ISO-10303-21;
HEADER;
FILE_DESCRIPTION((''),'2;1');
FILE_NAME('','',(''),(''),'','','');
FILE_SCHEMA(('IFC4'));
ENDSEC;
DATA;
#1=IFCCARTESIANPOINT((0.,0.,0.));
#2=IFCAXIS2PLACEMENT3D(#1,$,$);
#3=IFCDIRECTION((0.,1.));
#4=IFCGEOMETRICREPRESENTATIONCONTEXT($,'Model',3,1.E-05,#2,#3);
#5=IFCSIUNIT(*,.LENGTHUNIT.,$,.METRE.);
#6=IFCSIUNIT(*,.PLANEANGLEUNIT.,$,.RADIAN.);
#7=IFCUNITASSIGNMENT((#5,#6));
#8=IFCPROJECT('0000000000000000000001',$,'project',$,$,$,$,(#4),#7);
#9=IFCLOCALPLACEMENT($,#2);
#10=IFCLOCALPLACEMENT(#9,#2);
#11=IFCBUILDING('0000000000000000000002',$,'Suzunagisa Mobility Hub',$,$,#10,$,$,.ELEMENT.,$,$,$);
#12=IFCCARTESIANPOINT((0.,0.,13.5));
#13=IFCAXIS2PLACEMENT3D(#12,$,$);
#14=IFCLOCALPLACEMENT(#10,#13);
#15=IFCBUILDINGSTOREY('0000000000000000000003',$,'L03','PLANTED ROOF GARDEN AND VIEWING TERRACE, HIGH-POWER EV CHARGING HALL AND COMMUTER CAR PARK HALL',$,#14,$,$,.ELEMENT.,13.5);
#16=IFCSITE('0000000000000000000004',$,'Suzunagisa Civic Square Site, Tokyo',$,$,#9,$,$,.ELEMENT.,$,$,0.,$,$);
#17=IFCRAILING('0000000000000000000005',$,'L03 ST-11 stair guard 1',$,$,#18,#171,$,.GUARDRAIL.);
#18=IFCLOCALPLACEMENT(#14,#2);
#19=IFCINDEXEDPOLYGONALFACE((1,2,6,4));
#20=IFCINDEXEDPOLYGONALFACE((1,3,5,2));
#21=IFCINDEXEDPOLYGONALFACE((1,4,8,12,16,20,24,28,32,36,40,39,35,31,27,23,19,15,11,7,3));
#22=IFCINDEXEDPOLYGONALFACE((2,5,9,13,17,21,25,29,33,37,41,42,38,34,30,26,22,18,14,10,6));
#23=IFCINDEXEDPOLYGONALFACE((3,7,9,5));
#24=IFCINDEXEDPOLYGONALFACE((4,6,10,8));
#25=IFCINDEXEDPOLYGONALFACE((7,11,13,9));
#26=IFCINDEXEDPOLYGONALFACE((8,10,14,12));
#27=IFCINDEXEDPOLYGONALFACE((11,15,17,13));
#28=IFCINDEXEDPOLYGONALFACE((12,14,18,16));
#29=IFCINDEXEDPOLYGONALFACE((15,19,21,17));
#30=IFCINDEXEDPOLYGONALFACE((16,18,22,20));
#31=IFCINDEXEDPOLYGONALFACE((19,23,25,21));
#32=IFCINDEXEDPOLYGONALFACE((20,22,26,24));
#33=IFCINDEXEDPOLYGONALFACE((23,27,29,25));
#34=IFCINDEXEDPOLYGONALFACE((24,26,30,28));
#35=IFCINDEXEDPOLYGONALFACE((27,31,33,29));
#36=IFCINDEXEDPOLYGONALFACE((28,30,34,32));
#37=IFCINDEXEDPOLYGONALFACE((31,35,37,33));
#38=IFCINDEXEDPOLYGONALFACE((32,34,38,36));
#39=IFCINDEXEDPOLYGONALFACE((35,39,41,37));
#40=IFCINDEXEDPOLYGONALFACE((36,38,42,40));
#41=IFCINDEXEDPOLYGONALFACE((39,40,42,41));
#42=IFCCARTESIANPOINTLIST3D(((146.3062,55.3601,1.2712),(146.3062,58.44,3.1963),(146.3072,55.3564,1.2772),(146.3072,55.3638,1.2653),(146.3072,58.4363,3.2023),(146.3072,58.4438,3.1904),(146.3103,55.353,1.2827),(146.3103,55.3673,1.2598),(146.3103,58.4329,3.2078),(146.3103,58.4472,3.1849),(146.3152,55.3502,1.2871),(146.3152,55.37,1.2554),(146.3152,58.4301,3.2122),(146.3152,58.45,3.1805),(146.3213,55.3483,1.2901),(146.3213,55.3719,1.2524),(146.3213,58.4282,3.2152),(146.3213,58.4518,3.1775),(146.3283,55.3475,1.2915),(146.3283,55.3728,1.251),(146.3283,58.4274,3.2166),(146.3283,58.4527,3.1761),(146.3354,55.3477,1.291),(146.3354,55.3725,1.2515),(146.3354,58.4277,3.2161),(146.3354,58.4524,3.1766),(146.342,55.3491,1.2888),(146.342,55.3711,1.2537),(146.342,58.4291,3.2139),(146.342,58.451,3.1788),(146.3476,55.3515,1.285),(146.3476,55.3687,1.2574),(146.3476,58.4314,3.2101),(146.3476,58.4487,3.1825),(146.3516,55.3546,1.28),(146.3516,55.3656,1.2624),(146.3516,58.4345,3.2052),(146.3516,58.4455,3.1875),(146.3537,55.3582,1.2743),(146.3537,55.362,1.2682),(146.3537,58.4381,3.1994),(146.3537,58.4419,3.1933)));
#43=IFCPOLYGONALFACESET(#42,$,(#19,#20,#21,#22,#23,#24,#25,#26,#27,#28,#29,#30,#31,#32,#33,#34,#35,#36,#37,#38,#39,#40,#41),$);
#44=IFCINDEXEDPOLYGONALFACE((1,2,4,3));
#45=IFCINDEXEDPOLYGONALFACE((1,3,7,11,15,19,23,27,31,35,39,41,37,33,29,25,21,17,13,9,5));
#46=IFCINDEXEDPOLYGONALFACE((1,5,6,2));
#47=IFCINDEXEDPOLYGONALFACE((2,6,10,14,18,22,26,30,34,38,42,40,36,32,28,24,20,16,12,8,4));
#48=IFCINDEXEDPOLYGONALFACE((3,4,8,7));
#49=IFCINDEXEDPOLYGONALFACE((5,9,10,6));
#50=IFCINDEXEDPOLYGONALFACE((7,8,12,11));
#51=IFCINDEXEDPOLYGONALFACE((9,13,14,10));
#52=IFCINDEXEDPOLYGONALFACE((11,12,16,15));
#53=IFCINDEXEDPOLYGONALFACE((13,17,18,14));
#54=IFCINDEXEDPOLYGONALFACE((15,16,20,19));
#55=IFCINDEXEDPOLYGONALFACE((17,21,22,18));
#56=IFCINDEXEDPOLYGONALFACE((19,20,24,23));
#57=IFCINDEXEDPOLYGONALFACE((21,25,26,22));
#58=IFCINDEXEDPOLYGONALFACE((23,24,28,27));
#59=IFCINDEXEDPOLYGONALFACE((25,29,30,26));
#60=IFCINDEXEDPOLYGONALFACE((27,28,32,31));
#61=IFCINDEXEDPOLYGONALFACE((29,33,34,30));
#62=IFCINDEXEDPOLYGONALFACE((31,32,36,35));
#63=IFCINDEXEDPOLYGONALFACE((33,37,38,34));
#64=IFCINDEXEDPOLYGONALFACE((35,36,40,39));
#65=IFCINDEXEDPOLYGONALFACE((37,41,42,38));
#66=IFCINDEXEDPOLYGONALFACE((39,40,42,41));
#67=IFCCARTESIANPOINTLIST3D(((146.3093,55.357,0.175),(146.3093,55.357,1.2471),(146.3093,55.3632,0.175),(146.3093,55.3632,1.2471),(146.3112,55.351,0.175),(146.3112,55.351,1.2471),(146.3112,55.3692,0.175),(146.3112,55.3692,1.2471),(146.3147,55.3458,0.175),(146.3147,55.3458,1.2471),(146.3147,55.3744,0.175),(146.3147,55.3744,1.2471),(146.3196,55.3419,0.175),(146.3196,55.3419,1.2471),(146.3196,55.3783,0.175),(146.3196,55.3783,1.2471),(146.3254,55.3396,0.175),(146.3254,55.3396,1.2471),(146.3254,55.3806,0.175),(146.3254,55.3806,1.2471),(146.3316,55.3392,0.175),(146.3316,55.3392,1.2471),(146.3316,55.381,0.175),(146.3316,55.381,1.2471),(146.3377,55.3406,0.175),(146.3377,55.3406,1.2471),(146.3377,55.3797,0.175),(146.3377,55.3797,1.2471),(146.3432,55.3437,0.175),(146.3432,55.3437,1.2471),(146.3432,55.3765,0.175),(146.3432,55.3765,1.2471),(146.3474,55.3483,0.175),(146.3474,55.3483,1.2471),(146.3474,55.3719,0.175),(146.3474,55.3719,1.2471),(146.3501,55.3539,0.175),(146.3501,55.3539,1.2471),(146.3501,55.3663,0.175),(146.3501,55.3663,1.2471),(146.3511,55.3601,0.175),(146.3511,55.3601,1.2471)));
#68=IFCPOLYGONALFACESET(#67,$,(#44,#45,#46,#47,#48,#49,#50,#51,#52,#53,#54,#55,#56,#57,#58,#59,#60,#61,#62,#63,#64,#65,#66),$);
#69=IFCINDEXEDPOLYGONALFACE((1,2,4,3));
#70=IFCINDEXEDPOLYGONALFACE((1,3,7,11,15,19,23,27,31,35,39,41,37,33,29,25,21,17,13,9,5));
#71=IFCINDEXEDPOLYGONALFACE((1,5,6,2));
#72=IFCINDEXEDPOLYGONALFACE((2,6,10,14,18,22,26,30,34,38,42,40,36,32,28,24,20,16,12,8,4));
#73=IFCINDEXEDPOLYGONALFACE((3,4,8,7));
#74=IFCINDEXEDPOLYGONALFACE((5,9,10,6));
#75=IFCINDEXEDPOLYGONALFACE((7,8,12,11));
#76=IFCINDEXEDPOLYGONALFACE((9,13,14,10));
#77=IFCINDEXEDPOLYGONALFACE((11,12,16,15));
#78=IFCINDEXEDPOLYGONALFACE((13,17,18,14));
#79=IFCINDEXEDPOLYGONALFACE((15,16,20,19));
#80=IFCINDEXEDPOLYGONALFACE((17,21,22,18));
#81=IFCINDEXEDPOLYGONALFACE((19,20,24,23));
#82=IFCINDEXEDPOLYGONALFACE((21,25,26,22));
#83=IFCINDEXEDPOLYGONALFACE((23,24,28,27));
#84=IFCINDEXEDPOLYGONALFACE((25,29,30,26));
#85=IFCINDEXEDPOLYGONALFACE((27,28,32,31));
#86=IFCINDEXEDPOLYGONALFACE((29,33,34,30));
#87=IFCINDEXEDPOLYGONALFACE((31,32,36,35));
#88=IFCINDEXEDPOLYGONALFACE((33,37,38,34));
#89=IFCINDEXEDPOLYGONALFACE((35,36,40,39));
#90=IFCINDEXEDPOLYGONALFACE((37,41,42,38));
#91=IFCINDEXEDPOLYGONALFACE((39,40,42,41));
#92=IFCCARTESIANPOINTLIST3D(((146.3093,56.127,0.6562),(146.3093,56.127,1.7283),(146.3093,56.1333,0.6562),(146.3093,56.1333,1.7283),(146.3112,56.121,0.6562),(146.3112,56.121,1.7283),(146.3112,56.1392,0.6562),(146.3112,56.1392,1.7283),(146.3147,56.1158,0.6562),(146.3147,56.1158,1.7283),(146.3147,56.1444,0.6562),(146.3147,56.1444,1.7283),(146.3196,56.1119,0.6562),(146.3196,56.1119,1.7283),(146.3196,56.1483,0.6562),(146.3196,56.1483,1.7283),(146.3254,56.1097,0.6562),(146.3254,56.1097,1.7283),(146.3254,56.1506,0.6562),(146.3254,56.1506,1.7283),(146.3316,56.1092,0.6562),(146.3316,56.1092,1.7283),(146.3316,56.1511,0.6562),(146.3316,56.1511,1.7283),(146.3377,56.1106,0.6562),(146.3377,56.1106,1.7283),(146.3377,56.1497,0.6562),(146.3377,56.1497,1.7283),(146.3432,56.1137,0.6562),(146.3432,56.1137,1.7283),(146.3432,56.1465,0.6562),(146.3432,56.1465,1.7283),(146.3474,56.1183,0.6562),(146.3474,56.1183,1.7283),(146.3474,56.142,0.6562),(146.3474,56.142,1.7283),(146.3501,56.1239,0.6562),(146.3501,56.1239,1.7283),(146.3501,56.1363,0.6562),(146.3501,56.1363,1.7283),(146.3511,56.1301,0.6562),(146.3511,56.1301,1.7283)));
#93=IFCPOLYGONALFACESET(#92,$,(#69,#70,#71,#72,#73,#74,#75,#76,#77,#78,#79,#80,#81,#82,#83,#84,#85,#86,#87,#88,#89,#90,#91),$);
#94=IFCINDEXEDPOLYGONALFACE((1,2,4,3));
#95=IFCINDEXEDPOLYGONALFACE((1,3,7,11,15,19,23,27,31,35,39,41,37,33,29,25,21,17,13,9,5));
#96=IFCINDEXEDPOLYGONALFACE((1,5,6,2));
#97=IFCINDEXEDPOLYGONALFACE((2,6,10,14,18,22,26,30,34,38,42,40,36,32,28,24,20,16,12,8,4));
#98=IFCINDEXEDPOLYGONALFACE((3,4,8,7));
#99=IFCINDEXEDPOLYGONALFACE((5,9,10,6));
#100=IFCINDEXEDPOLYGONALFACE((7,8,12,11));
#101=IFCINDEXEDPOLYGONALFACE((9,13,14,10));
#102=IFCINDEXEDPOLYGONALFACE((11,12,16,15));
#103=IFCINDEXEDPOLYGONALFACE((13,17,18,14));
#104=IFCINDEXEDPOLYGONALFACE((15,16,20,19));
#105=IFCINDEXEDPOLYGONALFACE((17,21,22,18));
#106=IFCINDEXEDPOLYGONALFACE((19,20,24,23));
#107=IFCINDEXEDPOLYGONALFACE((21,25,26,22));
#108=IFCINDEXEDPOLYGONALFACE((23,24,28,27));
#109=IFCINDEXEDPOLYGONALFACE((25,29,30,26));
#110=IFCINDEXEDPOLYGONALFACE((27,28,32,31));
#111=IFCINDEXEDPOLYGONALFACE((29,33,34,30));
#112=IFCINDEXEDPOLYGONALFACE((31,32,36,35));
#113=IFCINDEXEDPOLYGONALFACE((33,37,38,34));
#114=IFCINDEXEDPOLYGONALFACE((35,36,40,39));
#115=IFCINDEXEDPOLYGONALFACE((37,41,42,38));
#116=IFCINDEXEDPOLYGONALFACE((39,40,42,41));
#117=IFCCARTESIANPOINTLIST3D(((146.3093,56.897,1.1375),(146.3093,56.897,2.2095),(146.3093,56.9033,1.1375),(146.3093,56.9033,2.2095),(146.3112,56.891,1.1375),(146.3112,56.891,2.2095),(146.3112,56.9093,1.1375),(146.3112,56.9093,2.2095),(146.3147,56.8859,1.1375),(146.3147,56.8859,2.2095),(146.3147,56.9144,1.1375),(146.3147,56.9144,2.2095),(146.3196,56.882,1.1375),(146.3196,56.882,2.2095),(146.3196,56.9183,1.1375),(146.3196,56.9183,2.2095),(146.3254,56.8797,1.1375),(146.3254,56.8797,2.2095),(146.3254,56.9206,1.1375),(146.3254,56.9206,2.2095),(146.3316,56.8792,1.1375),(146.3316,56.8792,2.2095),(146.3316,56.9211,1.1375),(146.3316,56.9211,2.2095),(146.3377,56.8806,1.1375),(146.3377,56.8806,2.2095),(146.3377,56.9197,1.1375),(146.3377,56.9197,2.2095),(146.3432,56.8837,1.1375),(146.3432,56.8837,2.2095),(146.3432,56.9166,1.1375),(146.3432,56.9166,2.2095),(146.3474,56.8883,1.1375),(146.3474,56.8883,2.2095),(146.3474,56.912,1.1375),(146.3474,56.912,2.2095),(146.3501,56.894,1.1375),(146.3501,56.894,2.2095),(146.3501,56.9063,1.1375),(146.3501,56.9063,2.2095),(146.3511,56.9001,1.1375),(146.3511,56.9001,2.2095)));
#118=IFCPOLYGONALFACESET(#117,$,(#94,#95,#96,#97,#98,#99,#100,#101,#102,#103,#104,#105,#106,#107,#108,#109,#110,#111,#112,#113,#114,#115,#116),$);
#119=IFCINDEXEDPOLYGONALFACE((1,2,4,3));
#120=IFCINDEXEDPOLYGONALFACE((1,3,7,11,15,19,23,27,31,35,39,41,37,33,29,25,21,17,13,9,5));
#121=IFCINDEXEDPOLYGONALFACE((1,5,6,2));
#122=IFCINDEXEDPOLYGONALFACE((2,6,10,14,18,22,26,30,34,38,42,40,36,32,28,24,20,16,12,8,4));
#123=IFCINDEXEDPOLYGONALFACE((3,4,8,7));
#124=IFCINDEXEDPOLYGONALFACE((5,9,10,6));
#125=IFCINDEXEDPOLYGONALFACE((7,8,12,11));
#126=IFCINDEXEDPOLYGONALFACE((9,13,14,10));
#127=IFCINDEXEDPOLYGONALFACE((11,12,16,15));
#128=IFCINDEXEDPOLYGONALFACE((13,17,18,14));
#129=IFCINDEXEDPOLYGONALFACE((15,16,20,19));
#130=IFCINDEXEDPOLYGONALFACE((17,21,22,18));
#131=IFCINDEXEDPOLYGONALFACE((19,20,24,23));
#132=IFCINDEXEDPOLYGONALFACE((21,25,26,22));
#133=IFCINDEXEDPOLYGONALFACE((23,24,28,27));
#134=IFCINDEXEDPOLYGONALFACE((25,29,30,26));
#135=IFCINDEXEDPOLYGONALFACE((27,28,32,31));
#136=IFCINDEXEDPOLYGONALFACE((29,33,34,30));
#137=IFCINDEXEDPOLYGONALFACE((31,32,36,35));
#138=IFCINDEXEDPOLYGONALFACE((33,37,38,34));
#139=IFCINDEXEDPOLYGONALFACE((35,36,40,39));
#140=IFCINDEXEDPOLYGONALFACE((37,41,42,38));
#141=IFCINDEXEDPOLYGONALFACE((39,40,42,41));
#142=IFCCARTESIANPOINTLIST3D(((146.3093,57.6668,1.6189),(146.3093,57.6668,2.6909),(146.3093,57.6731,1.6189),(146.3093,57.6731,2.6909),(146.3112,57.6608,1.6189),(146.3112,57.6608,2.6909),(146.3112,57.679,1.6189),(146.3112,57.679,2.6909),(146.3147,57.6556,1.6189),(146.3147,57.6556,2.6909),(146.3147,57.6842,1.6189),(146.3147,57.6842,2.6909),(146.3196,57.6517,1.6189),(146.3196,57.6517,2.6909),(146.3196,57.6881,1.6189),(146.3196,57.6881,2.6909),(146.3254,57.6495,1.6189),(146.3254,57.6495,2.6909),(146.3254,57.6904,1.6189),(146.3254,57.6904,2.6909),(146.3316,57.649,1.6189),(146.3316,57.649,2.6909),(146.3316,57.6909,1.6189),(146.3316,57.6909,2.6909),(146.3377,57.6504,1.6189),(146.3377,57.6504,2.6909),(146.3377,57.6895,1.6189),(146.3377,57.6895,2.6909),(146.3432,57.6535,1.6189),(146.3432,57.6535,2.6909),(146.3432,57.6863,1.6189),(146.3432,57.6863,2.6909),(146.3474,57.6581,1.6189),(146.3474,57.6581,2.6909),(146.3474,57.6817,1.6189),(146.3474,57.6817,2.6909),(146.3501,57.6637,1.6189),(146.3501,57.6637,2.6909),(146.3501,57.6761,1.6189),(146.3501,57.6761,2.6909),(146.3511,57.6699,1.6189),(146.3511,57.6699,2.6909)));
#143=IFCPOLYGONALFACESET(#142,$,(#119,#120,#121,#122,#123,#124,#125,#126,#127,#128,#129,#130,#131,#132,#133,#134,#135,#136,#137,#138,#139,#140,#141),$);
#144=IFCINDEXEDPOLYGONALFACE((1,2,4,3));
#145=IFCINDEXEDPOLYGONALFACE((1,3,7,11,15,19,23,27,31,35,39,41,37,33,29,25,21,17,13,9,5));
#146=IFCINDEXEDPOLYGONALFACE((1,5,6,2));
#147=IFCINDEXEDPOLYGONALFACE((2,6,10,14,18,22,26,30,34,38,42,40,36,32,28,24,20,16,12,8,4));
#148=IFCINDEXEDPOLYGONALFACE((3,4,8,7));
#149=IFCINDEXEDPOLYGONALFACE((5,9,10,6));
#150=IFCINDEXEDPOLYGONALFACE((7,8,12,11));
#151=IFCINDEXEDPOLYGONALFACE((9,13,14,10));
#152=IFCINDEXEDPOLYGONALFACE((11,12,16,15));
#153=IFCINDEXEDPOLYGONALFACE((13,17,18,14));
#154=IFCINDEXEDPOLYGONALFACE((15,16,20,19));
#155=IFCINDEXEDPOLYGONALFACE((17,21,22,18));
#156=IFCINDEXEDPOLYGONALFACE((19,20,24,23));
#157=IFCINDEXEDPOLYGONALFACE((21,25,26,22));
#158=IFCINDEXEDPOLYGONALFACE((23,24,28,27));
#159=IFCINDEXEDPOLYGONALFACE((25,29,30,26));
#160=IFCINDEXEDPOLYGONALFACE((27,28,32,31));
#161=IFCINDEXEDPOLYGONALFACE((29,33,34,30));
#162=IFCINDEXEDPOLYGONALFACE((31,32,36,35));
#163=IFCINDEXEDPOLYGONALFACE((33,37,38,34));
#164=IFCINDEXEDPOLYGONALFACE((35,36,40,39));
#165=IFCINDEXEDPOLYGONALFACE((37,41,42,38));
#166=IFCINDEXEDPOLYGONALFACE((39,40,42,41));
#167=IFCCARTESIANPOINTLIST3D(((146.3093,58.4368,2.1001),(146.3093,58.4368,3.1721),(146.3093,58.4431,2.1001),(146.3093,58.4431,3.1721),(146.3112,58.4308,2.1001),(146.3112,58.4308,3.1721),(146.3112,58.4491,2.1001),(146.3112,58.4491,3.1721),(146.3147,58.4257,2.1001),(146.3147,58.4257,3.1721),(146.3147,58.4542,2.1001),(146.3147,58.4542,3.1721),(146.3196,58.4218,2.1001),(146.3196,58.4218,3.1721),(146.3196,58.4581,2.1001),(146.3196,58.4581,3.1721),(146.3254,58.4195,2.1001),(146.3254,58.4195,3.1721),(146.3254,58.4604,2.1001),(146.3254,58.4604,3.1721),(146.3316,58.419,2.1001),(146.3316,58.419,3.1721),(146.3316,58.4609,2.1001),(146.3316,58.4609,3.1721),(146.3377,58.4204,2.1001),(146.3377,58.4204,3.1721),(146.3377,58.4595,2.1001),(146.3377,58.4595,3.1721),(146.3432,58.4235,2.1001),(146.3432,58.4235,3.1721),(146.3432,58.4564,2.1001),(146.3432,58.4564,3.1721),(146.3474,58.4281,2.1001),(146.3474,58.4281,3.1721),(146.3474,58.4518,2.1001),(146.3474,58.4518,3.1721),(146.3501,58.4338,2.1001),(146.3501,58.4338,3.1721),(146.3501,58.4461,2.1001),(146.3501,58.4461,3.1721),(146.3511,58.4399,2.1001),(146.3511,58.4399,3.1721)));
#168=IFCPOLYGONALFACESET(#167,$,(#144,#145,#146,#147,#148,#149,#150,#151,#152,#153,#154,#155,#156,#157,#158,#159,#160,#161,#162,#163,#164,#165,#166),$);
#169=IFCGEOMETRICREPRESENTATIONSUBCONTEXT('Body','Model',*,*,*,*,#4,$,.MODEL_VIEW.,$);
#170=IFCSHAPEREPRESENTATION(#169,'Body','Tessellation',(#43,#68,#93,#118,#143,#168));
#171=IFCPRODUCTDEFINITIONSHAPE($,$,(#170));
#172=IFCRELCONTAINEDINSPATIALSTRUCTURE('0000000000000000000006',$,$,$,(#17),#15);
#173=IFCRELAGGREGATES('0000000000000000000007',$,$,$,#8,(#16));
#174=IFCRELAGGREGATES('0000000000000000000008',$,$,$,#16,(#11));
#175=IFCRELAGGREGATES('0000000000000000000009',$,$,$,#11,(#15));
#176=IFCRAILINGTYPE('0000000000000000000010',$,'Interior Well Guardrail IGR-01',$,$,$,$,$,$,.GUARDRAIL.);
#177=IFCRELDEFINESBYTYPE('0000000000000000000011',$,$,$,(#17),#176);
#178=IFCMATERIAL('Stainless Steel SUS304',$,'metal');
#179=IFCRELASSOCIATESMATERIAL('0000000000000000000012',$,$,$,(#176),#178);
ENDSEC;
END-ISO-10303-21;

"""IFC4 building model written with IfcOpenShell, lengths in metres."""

from ifc_helpers import new_model, si_unit, direction, frame, origin, origin_2d, place, context, subcontext, project, spatial, circle, extrude, material, type_object, element, save


model = new_model("IFC4")

# Units and contexts
model_context = context("Model", 3, precision=1e-05, world=origin(), true_north=direction((0.0, 1.0)))
body_context = subcontext(model_context, "Body", "Model", "MODEL_VIEW")
ifc_project = project(units=[si_unit("LENGTHUNIT", "METRE"), si_unit("PLANEANGLEUNIT", "RADIAN")], contexts=[model_context])

# Site, building, storey
site_placement = place(None, origin())
site = spatial("IfcSite", under=ifc_project, at=site_placement, Name="Suzunagisa Civic Square Site, Tokyo", CompositionType="ELEMENT", RefElevation=0.0)
building_placement = place(site_placement, origin())
building = spatial("IfcBuilding", under=site, at=building_placement, Name="Suzunagisa Mobility Hub", CompositionType="ELEMENT")
storey_placement = place(building_placement, frame((0.0, 0.0, 13.5)))
storey = spatial("IfcBuildingStorey", under=building, at=storey_placement, Name="L03", Description="PLANTED ROOF GARDEN AND VIEWING TERRACE, HIGH-POWER EV CHARGING HALL AND COMMUTER CAR PARK HALL", CompositionType="ELEMENT", Elevation=13.5)

# Railing
ifc_material_1 = material(Name="Stainless Steel SUS304", Category="metal")
railing_type_1 = type_object("IfcRailingType", Name="Interior Well Guardrail IGR-01", PredefinedType="GUARDRAIL", material=ifc_material_1)
railing_1_placement = place(storey_placement, frame((146.3301, 55.3601, 0.175)))
element("IfcRailing", 1, at=railing_1_placement, inside=storey, type_object=railing_type_1, Name="L03 ST-11 stair guard 1", PredefinedType="GUARDRAIL", context=body_context, shape_type="SweptSolid", body=[
    extrude(circle(Radius=0.0239, at=origin_2d()), frame((0.0, 0.0, 1.0962), z_axis=(0.0, 0.847979, 0.530029), x_axis=(-1.0, 0.0, 0.0)), (0.0, 0.0, 1.0), 3.6321),
    extrude(circle(Radius=0.021, at=origin_2d()), origin(), (0.0, 0.0, 1.0), 1.072),
    extrude(circle(Radius=0.021, at=origin_2d()), frame((0.0, 0.77, 0.4812)), (0.0, 0.0, 1.0), 1.072),
    extrude(circle(Radius=0.021, at=origin_2d()), frame((0.0, 1.54, 0.9624)), (0.0, 0.0, 1.0), 1.072),
    extrude(circle(Radius=0.021, at=origin_2d()), frame((0.0, 2.3098, 1.4438)), (0.0, 0.0, 1.0), 1.072),
    extrude(circle(Radius=0.021, at=origin_2d()), frame((0.0, 3.0798, 1.925)), (0.0, 0.0, 1.0), 1.072),
])

save(model, "model.ifc")
